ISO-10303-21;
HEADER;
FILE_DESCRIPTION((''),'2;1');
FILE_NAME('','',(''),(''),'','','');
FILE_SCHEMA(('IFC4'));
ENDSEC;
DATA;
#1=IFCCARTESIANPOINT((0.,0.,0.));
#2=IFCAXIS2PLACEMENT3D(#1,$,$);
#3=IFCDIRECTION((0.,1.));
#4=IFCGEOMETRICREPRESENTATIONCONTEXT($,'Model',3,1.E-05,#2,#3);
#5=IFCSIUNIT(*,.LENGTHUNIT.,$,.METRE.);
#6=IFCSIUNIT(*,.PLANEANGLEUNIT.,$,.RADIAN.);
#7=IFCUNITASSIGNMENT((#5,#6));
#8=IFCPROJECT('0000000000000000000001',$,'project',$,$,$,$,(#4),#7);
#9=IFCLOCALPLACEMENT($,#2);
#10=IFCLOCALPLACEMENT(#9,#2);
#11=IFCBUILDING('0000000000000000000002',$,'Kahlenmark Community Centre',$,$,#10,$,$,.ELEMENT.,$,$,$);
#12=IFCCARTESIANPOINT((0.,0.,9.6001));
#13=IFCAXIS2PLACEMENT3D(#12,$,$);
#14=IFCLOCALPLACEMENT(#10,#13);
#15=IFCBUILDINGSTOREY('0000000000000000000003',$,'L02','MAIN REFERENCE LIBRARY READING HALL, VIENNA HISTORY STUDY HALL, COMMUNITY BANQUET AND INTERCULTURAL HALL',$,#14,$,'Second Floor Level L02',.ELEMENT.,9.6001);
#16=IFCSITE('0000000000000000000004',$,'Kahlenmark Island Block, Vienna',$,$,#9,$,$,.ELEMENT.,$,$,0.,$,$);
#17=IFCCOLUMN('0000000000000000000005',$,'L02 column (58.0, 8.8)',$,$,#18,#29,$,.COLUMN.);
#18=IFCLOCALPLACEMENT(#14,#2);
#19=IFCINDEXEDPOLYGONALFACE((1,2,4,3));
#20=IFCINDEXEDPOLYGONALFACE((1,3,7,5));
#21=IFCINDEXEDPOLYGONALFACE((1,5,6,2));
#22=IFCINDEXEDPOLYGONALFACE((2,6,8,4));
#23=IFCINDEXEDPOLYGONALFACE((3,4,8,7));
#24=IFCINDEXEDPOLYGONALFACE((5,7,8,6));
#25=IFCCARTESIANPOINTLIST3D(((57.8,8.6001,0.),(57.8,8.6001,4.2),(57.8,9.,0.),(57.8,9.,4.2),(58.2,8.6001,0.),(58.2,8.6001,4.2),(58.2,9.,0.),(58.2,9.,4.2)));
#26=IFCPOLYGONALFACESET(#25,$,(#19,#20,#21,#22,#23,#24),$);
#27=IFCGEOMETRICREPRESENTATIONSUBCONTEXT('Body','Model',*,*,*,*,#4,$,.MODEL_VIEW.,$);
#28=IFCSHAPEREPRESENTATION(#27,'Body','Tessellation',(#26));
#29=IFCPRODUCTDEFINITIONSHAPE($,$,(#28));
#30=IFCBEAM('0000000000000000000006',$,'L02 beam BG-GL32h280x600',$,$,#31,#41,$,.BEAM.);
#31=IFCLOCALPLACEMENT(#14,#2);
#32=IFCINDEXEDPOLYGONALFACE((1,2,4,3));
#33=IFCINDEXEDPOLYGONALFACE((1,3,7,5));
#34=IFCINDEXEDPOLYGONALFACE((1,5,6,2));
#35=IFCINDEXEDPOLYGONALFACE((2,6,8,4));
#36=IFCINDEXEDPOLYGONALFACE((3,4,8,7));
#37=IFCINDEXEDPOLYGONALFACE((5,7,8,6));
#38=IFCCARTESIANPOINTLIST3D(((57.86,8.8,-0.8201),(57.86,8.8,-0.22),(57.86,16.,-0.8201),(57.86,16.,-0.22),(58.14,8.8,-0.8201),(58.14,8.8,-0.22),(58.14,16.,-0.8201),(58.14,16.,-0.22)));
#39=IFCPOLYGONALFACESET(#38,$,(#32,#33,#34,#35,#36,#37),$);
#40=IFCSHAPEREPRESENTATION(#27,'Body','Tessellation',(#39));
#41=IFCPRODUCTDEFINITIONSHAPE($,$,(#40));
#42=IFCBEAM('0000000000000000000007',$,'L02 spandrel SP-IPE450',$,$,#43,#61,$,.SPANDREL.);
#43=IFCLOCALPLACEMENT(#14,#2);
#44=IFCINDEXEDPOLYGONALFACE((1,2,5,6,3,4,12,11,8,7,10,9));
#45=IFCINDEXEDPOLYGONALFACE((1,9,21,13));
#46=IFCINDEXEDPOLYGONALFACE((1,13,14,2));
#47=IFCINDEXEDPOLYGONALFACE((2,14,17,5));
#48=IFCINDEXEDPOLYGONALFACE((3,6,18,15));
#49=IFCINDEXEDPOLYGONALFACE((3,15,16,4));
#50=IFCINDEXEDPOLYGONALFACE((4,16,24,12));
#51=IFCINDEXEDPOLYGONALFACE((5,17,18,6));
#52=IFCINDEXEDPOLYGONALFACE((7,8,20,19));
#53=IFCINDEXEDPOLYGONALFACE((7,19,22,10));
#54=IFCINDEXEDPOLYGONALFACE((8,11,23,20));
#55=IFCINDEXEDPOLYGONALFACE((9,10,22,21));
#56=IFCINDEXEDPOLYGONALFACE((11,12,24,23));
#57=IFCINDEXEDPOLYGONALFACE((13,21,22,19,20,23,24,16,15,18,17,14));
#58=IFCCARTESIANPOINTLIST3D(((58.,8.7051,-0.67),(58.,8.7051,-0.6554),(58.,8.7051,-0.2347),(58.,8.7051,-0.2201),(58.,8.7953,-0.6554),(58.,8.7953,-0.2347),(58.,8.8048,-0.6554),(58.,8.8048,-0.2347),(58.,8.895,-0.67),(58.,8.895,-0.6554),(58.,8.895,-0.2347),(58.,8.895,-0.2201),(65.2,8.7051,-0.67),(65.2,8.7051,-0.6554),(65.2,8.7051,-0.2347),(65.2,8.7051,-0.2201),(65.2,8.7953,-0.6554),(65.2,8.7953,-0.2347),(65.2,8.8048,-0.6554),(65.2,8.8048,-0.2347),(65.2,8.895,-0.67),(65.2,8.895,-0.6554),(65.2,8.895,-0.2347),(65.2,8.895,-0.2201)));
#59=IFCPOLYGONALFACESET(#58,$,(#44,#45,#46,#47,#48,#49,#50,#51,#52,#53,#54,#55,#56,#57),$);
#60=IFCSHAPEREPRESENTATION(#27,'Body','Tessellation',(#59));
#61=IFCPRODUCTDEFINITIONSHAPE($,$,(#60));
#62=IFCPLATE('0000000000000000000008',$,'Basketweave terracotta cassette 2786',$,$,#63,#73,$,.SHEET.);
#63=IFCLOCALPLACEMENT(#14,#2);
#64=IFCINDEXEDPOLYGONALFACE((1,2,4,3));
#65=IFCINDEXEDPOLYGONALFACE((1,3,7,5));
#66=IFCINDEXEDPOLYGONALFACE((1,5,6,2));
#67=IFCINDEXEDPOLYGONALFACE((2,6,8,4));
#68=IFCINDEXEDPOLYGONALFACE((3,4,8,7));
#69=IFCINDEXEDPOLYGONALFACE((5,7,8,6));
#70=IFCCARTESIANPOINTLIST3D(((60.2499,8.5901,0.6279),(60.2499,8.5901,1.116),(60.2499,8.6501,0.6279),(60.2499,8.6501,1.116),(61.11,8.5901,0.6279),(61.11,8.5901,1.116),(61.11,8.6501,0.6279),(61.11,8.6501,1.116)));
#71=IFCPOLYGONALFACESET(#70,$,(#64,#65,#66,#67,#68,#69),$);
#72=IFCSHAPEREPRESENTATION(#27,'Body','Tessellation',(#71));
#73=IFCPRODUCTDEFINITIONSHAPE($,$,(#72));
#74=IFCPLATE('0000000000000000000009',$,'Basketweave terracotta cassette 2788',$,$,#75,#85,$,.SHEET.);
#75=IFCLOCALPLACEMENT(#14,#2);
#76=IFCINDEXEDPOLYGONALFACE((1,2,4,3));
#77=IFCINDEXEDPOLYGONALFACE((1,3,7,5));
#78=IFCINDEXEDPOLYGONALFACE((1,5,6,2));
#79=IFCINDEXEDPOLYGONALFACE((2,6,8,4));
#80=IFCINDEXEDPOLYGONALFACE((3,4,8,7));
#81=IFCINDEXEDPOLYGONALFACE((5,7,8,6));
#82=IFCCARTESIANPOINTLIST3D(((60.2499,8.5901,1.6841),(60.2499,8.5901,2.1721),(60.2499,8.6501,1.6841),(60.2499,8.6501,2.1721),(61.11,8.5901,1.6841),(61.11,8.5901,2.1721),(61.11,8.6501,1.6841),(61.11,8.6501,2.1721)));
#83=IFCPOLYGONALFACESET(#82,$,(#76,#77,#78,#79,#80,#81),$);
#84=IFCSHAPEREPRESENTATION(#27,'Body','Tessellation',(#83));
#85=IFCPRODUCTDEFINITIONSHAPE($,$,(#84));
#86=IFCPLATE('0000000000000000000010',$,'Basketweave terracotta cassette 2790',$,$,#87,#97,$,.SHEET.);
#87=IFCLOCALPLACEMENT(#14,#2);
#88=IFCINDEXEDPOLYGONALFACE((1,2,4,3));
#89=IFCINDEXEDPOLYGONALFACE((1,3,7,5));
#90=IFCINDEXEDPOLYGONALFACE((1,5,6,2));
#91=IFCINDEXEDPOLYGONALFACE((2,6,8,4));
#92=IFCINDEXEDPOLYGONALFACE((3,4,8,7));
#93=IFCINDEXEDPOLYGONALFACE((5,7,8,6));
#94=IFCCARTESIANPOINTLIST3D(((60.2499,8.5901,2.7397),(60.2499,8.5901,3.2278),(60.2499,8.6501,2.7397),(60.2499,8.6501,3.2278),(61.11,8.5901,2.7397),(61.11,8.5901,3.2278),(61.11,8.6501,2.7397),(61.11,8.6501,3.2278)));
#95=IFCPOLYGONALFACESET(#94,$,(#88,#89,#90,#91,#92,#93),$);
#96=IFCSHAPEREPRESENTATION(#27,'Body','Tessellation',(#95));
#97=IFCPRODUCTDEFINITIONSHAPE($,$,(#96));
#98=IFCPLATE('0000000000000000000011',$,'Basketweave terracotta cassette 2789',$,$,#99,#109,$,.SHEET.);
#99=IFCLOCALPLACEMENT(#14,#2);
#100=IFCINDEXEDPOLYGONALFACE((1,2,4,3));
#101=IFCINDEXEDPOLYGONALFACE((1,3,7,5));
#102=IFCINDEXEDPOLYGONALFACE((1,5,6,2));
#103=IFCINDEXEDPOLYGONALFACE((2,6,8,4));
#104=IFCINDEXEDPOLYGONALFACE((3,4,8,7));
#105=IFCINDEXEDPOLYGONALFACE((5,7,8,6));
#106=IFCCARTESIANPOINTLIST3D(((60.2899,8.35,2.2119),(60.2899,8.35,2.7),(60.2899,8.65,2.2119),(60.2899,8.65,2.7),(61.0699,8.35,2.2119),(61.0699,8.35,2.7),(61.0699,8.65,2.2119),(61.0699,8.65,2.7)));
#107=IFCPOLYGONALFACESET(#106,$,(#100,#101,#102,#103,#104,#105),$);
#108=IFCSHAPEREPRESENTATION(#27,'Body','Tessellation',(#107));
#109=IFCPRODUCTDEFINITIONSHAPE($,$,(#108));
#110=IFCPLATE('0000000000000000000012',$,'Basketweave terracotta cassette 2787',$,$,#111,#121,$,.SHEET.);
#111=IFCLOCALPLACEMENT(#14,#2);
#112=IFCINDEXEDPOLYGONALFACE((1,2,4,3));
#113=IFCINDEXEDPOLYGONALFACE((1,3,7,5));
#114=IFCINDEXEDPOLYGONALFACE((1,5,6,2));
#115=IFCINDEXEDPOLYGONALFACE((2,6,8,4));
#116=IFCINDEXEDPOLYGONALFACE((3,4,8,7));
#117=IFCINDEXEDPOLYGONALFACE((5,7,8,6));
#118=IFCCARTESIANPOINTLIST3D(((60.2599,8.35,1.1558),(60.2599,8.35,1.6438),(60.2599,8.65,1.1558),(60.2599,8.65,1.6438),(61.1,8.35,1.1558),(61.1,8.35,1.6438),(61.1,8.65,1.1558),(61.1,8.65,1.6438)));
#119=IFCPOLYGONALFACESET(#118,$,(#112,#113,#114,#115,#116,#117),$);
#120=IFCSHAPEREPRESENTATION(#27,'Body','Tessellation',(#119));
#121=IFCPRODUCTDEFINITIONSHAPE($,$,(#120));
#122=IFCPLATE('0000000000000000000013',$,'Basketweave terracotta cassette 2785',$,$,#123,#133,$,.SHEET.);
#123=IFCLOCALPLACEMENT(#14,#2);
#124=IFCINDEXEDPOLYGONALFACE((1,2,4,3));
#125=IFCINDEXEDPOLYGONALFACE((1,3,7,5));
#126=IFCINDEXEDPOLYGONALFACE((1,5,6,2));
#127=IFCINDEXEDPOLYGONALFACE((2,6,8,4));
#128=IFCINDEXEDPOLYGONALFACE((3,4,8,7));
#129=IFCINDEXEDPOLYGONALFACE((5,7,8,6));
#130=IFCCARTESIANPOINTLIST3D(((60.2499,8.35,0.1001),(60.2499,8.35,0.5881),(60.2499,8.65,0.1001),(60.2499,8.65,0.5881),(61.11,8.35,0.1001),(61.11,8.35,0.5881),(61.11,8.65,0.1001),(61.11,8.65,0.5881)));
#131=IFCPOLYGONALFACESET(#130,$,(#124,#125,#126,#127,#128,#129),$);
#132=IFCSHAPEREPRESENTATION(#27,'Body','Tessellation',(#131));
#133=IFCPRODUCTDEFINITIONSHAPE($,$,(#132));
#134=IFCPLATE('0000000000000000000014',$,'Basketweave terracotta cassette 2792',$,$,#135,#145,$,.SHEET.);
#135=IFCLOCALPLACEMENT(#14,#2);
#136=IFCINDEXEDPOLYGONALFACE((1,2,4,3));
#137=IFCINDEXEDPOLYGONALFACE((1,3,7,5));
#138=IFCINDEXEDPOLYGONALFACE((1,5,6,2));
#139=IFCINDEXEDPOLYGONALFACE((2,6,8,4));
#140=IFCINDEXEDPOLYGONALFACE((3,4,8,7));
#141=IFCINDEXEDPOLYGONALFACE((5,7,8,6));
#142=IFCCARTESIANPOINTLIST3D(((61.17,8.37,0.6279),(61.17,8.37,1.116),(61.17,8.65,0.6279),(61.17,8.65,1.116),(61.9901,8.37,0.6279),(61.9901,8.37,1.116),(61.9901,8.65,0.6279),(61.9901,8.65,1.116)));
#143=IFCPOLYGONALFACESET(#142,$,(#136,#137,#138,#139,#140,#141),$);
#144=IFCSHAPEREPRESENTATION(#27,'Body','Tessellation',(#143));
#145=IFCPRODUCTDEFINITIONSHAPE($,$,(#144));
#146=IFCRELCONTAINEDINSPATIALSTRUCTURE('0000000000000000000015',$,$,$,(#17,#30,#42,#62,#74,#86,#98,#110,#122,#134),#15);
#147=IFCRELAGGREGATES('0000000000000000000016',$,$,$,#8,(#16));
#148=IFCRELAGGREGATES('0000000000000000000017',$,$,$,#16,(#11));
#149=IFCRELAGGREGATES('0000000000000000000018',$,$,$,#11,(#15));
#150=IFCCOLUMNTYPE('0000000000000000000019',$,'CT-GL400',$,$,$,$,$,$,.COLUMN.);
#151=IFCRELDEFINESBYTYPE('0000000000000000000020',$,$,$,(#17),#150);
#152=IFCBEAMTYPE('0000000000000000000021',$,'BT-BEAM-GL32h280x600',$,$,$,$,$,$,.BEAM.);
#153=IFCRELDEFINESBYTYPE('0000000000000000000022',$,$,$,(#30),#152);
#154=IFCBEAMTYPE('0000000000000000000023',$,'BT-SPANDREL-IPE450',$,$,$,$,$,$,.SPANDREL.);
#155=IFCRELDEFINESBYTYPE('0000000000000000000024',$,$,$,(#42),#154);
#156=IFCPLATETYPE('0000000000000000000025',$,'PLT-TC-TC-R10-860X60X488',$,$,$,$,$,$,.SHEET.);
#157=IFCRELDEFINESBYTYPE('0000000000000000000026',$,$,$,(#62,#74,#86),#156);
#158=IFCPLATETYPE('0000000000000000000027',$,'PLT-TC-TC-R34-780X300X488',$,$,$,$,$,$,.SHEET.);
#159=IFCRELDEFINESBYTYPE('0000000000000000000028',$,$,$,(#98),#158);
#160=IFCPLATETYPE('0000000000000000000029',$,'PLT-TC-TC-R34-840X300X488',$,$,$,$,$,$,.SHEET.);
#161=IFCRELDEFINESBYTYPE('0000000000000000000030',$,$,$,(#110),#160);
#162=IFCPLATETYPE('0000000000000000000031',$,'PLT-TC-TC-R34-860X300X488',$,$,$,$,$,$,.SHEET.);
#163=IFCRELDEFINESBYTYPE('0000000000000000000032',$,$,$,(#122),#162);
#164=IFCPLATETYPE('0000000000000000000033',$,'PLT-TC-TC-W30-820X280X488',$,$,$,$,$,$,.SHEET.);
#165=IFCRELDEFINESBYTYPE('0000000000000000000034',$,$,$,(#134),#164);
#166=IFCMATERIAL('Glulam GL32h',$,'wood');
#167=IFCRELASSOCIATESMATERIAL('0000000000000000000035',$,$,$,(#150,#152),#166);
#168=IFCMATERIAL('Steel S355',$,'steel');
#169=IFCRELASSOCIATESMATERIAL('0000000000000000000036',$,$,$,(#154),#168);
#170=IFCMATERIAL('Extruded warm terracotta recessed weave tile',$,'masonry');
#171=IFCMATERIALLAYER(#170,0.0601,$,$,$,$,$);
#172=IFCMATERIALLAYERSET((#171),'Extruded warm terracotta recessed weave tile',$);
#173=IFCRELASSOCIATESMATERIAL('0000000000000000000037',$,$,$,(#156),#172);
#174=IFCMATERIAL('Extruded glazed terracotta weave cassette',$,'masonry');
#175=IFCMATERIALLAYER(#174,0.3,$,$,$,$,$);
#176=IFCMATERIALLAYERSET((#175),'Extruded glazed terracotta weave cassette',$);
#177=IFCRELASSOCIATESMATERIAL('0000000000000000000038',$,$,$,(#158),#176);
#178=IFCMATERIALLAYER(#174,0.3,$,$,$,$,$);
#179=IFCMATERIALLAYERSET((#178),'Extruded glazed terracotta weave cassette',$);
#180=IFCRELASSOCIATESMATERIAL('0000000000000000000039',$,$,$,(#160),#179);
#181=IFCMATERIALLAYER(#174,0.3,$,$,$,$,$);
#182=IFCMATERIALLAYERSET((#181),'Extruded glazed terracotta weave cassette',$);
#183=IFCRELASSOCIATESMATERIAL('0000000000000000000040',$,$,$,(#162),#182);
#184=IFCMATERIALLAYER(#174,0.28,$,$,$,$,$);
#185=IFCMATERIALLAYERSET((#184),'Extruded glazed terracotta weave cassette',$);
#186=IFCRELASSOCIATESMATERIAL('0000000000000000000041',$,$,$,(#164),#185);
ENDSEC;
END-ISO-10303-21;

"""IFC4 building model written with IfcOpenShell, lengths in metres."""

from ifc_helpers import new_model, si_unit, direction, frame, origin, origin_2d, place, context, subcontext, project, spatial, rectangle, i_section, extrude, material, layer, layer_set, material_profile, profile_set, type_object, element, save


model = new_model("IFC4")

# Units and contexts
model_context = context("Model", 3, precision=1e-05, world=origin(), true_north=direction((0.0, 1.0)))
body_context = subcontext(model_context, "Body", "Model", "MODEL_VIEW")
ifc_project = project(units=[si_unit("LENGTHUNIT", "METRE"), si_unit("PLANEANGLEUNIT", "RADIAN")], contexts=[model_context])

# Site, building, storey
site_placement = place(None, origin())
site = spatial("IfcSite", under=ifc_project, at=site_placement, Name="Kahlenmark Island Block, Vienna", CompositionType="ELEMENT", RefElevation=0.0)
building_placement = place(site_placement, origin())
building = spatial("IfcBuilding", under=site, at=building_placement, Name="Kahlenmark Community Centre", CompositionType="ELEMENT")
storey_placement = place(building_placement, frame((0.0, 0.0, 9.6001)))
storey = spatial("IfcBuildingStorey", under=building, at=storey_placement, Name="L02", Description="MAIN REFERENCE LIBRARY READING HALL, VIENNA HISTORY STUDY HALL, COMMUNITY BANQUET AND INTERCULTURAL HALL", LongName="Second Floor Level L02", CompositionType="ELEMENT", Elevation=9.6001)

# Column
ifc_material_1 = material(Name="Glulam GL32h", Category="wood")
ifc_material_profile_1 = material_profile(ifc_material_1, rectangle(XDim=0.3999, YDim=0.3999, at=origin_2d()), Name="GL32h 400x400")
ifc_profile_set_1 = profile_set([ifc_material_profile_1], Name="Glulam GL32h")
column_type = type_object("IfcColumnType", Name="CT-GL400", PredefinedType="COLUMN", material=ifc_profile_set_1)
column_placement = place(storey_placement, frame((58.0, 8.8, 0.0), z_axis=(0.0, 0.0, 1.0), x_axis=(1.0, 0.0, 0.0)))
element("IfcColumn", 1, at=column_placement, inside=storey, type_object=column_type, Name="L02 column (58.0, 8.8)", PredefinedType="COLUMN", context=body_context, shape_type="SweptSolid", body=[
    extrude(rectangle(XDim=0.3999, YDim=0.3999, at=origin_2d()), origin(), (0.0, 0.0, 1.0), 4.2),
])

# Beams
ifc_material_profile_2 = material_profile(ifc_material_1, rectangle(XDim=0.28, YDim=0.6001, at=origin_2d()), Name="GL32h 280x600")
ifc_profile_set_2 = profile_set([ifc_material_profile_2], Name="Glulam GL32h")
beam_type_1 = type_object("IfcBeamType", Name="BT-BEAM-GL32h280x600", PredefinedType="BEAM", material=ifc_profile_set_2)
beam_1_placement = place(storey_placement, frame((58.0, 8.8, -0.52), z_axis=(0.0, 1.0, 0.0), x_axis=(-1.0, 0.0, 0.0)))
element("IfcBeam", 2, at=beam_1_placement, inside=storey, type_object=beam_type_1, Name="L02 beam BG-GL32h280x600", PredefinedType="BEAM", context=body_context, shape_type="SweptSolid", body=[
    extrude(rectangle(XDim=0.28, YDim=0.6001, at=origin_2d()), origin(), (0.0, 0.0, 1.0), 7.2),
])
ifc_material_2 = material(Name="Steel S355", Category="steel")
ifc_material_profile_3 = material_profile(ifc_material_2, i_section(OverallWidth=0.1899, OverallDepth=0.45, WebThickness=0.0095, FlangeThickness=0.0146, at=origin_2d()), Name="IPE 450")
ifc_profile_set_3 = profile_set([ifc_material_profile_3], Name="Steel S355")
beam_type_2 = type_object("IfcBeamType", Name="BT-SPANDREL-IPE450", PredefinedType="SPANDREL", material=ifc_profile_set_3)
beam_2_placement = place(storey_placement, frame((58.0, 8.8, -0.4451), z_axis=(1.0, 0.0, 0.0), x_axis=(0.0, 1.0, 0.0)))
element("IfcBeam", 3, at=beam_2_placement, inside=storey, type_object=beam_type_2, Name="L02 spandrel SP-IPE450", PredefinedType="SPANDREL", context=body_context, shape_type="SweptSolid", body=[
    extrude(i_section(OverallWidth=0.1899, OverallDepth=0.45, WebThickness=0.0095, FlangeThickness=0.0146, at=origin_2d()), origin(), (0.0, 0.0, 1.0), 7.2),
])

# Plates
ifc_material_3 = material(Name="Extruded warm terracotta recessed weave tile", Category="masonry")
ifc_layer_1 = layer(ifc_material_3, 0.0601)
ifc_layer_set_1 = layer_set([ifc_layer_1], Name="Extruded warm terracotta recessed weave tile")
plate_type_1 = type_object("IfcPlateType", Name="PLT-TC-TC-R10-860X60X488", PredefinedType="SHEET", material=ifc_layer_set_1)
for number, where, z_axis, x_axis, name in (
    (4, (60.6799, 8.6201, 0.6279), (0.0, 0.0, 1.0), (1.0, 0.0, 0.0), "Basketweave terracotta cassette 2786"),
    (5, (60.6799, 8.6201, 1.6841), (0.0, 0.0, 1.0), (1.0, 0.0, 0.0), "Basketweave terracotta cassette 2788"),
    (6, (60.6799, 8.6201, 2.7397), (0.0, 0.0, 1.0), (1.0, 0.0, 0.0), "Basketweave terracotta cassette 2790"),
):
    element("IfcPlate", number, at=place(storey_placement, frame(where, z_axis=z_axis, x_axis=x_axis)), inside=storey, type_object=plate_type_1, Name=name, PredefinedType="SHEET", context=body_context, shape_type="SweptSolid", body=[
        extrude(rectangle(XDim=0.8601, YDim=0.0601, at=origin_2d()), origin(), (0.0, 0.0, 1.0), 0.488),
    ])
ifc_material_4 = material(Name="Extruded glazed terracotta weave cassette", Category="masonry")
ifc_layer_2 = layer(ifc_material_4, 0.3)
ifc_layer_set_2 = layer_set([ifc_layer_2], Name="Extruded glazed terracotta weave cassette")
plate_type_2 = type_object("IfcPlateType", Name="PLT-TC-TC-R34-780X300X488", PredefinedType="SHEET", material=ifc_layer_set_2)
plate_1_placement = place(storey_placement, frame((60.6799, 8.5, 2.2119), z_axis=(0.0, 0.0, 1.0), x_axis=(1.0, 0.0, 0.0)))
element("IfcPlate", 7, at=plate_1_placement, inside=storey, type_object=plate_type_2, Name="Basketweave terracotta cassette 2789", PredefinedType="SHEET", context=body_context, shape_type="SweptSolid", body=[
    extrude(rectangle(XDim=0.78, YDim=0.3, at=origin_2d()), origin(), (0.0, 0.0, 1.0), 0.488),
])
ifc_layer_3 = layer(ifc_material_4, 0.3)
ifc_layer_set_3 = layer_set([ifc_layer_3], Name="Extruded glazed terracotta weave cassette")
plate_type_3 = type_object("IfcPlateType", Name="PLT-TC-TC-R34-840X300X488", PredefinedType="SHEET", material=ifc_layer_set_3)
plate_2_placement = place(storey_placement, frame((60.6799, 8.5, 1.1558), z_axis=(0.0, 0.0, 1.0), x_axis=(1.0, 0.0, 0.0)))
element("IfcPlate", 8, at=plate_2_placement, inside=storey, type_object=plate_type_3, Name="Basketweave terracotta cassette 2787", PredefinedType="SHEET", context=body_context, shape_type="SweptSolid", body=[
    extrude(rectangle(XDim=0.8401, YDim=0.3, at=origin_2d()), origin(), (0.0, 0.0, 1.0), 0.488),
])
ifc_layer_4 = layer(ifc_material_4, 0.3)
ifc_layer_set_4 = layer_set([ifc_layer_4], Name="Extruded glazed terracotta weave cassette")
plate_type_4 = type_object("IfcPlateType", Name="PLT-TC-TC-R34-860X300X488", PredefinedType="SHEET", material=ifc_layer_set_4)
plate_3_placement = place(storey_placement, frame((60.6799, 8.5, 0.1001), z_axis=(0.0, 0.0, 1.0), x_axis=(1.0, 0.0, 0.0)))
element("IfcPlate", 9, at=plate_3_placement, inside=storey, type_object=plate_type_4, Name="Basketweave terracotta cassette 2785", PredefinedType="SHEET", context=body_context, shape_type="SweptSolid", body=[
    extrude(rectangle(XDim=0.8601, YDim=0.3, at=origin_2d()), origin(), (0.0, 0.0, 1.0), 0.488),
])
ifc_layer_5 = layer(ifc_material_4, 0.28)
ifc_layer_set_5 = layer_set([ifc_layer_5], Name="Extruded glazed terracotta weave cassette")
plate_type_5 = type_object("IfcPlateType", Name="PLT-TC-TC-W30-820X280X488", PredefinedType="SHEET", material=ifc_layer_set_5)
plate_4_placement = place(storey_placement, frame((61.5801, 8.51, 0.6279), z_axis=(0.0, 0.0, 1.0), x_axis=(1.0, 0.0, 0.0)))
element("IfcPlate", 10, at=plate_4_placement, inside=storey, type_object=plate_type_5, Name="Basketweave terracotta cassette 2792", PredefinedType="SHEET", context=body_context, shape_type="SweptSolid", body=[
    extrude(rectangle(XDim=0.8201, YDim=0.28, at=origin_2d()), origin(), (0.0, 0.0, 1.0), 0.488),
])

save(model, "model.ifc")
